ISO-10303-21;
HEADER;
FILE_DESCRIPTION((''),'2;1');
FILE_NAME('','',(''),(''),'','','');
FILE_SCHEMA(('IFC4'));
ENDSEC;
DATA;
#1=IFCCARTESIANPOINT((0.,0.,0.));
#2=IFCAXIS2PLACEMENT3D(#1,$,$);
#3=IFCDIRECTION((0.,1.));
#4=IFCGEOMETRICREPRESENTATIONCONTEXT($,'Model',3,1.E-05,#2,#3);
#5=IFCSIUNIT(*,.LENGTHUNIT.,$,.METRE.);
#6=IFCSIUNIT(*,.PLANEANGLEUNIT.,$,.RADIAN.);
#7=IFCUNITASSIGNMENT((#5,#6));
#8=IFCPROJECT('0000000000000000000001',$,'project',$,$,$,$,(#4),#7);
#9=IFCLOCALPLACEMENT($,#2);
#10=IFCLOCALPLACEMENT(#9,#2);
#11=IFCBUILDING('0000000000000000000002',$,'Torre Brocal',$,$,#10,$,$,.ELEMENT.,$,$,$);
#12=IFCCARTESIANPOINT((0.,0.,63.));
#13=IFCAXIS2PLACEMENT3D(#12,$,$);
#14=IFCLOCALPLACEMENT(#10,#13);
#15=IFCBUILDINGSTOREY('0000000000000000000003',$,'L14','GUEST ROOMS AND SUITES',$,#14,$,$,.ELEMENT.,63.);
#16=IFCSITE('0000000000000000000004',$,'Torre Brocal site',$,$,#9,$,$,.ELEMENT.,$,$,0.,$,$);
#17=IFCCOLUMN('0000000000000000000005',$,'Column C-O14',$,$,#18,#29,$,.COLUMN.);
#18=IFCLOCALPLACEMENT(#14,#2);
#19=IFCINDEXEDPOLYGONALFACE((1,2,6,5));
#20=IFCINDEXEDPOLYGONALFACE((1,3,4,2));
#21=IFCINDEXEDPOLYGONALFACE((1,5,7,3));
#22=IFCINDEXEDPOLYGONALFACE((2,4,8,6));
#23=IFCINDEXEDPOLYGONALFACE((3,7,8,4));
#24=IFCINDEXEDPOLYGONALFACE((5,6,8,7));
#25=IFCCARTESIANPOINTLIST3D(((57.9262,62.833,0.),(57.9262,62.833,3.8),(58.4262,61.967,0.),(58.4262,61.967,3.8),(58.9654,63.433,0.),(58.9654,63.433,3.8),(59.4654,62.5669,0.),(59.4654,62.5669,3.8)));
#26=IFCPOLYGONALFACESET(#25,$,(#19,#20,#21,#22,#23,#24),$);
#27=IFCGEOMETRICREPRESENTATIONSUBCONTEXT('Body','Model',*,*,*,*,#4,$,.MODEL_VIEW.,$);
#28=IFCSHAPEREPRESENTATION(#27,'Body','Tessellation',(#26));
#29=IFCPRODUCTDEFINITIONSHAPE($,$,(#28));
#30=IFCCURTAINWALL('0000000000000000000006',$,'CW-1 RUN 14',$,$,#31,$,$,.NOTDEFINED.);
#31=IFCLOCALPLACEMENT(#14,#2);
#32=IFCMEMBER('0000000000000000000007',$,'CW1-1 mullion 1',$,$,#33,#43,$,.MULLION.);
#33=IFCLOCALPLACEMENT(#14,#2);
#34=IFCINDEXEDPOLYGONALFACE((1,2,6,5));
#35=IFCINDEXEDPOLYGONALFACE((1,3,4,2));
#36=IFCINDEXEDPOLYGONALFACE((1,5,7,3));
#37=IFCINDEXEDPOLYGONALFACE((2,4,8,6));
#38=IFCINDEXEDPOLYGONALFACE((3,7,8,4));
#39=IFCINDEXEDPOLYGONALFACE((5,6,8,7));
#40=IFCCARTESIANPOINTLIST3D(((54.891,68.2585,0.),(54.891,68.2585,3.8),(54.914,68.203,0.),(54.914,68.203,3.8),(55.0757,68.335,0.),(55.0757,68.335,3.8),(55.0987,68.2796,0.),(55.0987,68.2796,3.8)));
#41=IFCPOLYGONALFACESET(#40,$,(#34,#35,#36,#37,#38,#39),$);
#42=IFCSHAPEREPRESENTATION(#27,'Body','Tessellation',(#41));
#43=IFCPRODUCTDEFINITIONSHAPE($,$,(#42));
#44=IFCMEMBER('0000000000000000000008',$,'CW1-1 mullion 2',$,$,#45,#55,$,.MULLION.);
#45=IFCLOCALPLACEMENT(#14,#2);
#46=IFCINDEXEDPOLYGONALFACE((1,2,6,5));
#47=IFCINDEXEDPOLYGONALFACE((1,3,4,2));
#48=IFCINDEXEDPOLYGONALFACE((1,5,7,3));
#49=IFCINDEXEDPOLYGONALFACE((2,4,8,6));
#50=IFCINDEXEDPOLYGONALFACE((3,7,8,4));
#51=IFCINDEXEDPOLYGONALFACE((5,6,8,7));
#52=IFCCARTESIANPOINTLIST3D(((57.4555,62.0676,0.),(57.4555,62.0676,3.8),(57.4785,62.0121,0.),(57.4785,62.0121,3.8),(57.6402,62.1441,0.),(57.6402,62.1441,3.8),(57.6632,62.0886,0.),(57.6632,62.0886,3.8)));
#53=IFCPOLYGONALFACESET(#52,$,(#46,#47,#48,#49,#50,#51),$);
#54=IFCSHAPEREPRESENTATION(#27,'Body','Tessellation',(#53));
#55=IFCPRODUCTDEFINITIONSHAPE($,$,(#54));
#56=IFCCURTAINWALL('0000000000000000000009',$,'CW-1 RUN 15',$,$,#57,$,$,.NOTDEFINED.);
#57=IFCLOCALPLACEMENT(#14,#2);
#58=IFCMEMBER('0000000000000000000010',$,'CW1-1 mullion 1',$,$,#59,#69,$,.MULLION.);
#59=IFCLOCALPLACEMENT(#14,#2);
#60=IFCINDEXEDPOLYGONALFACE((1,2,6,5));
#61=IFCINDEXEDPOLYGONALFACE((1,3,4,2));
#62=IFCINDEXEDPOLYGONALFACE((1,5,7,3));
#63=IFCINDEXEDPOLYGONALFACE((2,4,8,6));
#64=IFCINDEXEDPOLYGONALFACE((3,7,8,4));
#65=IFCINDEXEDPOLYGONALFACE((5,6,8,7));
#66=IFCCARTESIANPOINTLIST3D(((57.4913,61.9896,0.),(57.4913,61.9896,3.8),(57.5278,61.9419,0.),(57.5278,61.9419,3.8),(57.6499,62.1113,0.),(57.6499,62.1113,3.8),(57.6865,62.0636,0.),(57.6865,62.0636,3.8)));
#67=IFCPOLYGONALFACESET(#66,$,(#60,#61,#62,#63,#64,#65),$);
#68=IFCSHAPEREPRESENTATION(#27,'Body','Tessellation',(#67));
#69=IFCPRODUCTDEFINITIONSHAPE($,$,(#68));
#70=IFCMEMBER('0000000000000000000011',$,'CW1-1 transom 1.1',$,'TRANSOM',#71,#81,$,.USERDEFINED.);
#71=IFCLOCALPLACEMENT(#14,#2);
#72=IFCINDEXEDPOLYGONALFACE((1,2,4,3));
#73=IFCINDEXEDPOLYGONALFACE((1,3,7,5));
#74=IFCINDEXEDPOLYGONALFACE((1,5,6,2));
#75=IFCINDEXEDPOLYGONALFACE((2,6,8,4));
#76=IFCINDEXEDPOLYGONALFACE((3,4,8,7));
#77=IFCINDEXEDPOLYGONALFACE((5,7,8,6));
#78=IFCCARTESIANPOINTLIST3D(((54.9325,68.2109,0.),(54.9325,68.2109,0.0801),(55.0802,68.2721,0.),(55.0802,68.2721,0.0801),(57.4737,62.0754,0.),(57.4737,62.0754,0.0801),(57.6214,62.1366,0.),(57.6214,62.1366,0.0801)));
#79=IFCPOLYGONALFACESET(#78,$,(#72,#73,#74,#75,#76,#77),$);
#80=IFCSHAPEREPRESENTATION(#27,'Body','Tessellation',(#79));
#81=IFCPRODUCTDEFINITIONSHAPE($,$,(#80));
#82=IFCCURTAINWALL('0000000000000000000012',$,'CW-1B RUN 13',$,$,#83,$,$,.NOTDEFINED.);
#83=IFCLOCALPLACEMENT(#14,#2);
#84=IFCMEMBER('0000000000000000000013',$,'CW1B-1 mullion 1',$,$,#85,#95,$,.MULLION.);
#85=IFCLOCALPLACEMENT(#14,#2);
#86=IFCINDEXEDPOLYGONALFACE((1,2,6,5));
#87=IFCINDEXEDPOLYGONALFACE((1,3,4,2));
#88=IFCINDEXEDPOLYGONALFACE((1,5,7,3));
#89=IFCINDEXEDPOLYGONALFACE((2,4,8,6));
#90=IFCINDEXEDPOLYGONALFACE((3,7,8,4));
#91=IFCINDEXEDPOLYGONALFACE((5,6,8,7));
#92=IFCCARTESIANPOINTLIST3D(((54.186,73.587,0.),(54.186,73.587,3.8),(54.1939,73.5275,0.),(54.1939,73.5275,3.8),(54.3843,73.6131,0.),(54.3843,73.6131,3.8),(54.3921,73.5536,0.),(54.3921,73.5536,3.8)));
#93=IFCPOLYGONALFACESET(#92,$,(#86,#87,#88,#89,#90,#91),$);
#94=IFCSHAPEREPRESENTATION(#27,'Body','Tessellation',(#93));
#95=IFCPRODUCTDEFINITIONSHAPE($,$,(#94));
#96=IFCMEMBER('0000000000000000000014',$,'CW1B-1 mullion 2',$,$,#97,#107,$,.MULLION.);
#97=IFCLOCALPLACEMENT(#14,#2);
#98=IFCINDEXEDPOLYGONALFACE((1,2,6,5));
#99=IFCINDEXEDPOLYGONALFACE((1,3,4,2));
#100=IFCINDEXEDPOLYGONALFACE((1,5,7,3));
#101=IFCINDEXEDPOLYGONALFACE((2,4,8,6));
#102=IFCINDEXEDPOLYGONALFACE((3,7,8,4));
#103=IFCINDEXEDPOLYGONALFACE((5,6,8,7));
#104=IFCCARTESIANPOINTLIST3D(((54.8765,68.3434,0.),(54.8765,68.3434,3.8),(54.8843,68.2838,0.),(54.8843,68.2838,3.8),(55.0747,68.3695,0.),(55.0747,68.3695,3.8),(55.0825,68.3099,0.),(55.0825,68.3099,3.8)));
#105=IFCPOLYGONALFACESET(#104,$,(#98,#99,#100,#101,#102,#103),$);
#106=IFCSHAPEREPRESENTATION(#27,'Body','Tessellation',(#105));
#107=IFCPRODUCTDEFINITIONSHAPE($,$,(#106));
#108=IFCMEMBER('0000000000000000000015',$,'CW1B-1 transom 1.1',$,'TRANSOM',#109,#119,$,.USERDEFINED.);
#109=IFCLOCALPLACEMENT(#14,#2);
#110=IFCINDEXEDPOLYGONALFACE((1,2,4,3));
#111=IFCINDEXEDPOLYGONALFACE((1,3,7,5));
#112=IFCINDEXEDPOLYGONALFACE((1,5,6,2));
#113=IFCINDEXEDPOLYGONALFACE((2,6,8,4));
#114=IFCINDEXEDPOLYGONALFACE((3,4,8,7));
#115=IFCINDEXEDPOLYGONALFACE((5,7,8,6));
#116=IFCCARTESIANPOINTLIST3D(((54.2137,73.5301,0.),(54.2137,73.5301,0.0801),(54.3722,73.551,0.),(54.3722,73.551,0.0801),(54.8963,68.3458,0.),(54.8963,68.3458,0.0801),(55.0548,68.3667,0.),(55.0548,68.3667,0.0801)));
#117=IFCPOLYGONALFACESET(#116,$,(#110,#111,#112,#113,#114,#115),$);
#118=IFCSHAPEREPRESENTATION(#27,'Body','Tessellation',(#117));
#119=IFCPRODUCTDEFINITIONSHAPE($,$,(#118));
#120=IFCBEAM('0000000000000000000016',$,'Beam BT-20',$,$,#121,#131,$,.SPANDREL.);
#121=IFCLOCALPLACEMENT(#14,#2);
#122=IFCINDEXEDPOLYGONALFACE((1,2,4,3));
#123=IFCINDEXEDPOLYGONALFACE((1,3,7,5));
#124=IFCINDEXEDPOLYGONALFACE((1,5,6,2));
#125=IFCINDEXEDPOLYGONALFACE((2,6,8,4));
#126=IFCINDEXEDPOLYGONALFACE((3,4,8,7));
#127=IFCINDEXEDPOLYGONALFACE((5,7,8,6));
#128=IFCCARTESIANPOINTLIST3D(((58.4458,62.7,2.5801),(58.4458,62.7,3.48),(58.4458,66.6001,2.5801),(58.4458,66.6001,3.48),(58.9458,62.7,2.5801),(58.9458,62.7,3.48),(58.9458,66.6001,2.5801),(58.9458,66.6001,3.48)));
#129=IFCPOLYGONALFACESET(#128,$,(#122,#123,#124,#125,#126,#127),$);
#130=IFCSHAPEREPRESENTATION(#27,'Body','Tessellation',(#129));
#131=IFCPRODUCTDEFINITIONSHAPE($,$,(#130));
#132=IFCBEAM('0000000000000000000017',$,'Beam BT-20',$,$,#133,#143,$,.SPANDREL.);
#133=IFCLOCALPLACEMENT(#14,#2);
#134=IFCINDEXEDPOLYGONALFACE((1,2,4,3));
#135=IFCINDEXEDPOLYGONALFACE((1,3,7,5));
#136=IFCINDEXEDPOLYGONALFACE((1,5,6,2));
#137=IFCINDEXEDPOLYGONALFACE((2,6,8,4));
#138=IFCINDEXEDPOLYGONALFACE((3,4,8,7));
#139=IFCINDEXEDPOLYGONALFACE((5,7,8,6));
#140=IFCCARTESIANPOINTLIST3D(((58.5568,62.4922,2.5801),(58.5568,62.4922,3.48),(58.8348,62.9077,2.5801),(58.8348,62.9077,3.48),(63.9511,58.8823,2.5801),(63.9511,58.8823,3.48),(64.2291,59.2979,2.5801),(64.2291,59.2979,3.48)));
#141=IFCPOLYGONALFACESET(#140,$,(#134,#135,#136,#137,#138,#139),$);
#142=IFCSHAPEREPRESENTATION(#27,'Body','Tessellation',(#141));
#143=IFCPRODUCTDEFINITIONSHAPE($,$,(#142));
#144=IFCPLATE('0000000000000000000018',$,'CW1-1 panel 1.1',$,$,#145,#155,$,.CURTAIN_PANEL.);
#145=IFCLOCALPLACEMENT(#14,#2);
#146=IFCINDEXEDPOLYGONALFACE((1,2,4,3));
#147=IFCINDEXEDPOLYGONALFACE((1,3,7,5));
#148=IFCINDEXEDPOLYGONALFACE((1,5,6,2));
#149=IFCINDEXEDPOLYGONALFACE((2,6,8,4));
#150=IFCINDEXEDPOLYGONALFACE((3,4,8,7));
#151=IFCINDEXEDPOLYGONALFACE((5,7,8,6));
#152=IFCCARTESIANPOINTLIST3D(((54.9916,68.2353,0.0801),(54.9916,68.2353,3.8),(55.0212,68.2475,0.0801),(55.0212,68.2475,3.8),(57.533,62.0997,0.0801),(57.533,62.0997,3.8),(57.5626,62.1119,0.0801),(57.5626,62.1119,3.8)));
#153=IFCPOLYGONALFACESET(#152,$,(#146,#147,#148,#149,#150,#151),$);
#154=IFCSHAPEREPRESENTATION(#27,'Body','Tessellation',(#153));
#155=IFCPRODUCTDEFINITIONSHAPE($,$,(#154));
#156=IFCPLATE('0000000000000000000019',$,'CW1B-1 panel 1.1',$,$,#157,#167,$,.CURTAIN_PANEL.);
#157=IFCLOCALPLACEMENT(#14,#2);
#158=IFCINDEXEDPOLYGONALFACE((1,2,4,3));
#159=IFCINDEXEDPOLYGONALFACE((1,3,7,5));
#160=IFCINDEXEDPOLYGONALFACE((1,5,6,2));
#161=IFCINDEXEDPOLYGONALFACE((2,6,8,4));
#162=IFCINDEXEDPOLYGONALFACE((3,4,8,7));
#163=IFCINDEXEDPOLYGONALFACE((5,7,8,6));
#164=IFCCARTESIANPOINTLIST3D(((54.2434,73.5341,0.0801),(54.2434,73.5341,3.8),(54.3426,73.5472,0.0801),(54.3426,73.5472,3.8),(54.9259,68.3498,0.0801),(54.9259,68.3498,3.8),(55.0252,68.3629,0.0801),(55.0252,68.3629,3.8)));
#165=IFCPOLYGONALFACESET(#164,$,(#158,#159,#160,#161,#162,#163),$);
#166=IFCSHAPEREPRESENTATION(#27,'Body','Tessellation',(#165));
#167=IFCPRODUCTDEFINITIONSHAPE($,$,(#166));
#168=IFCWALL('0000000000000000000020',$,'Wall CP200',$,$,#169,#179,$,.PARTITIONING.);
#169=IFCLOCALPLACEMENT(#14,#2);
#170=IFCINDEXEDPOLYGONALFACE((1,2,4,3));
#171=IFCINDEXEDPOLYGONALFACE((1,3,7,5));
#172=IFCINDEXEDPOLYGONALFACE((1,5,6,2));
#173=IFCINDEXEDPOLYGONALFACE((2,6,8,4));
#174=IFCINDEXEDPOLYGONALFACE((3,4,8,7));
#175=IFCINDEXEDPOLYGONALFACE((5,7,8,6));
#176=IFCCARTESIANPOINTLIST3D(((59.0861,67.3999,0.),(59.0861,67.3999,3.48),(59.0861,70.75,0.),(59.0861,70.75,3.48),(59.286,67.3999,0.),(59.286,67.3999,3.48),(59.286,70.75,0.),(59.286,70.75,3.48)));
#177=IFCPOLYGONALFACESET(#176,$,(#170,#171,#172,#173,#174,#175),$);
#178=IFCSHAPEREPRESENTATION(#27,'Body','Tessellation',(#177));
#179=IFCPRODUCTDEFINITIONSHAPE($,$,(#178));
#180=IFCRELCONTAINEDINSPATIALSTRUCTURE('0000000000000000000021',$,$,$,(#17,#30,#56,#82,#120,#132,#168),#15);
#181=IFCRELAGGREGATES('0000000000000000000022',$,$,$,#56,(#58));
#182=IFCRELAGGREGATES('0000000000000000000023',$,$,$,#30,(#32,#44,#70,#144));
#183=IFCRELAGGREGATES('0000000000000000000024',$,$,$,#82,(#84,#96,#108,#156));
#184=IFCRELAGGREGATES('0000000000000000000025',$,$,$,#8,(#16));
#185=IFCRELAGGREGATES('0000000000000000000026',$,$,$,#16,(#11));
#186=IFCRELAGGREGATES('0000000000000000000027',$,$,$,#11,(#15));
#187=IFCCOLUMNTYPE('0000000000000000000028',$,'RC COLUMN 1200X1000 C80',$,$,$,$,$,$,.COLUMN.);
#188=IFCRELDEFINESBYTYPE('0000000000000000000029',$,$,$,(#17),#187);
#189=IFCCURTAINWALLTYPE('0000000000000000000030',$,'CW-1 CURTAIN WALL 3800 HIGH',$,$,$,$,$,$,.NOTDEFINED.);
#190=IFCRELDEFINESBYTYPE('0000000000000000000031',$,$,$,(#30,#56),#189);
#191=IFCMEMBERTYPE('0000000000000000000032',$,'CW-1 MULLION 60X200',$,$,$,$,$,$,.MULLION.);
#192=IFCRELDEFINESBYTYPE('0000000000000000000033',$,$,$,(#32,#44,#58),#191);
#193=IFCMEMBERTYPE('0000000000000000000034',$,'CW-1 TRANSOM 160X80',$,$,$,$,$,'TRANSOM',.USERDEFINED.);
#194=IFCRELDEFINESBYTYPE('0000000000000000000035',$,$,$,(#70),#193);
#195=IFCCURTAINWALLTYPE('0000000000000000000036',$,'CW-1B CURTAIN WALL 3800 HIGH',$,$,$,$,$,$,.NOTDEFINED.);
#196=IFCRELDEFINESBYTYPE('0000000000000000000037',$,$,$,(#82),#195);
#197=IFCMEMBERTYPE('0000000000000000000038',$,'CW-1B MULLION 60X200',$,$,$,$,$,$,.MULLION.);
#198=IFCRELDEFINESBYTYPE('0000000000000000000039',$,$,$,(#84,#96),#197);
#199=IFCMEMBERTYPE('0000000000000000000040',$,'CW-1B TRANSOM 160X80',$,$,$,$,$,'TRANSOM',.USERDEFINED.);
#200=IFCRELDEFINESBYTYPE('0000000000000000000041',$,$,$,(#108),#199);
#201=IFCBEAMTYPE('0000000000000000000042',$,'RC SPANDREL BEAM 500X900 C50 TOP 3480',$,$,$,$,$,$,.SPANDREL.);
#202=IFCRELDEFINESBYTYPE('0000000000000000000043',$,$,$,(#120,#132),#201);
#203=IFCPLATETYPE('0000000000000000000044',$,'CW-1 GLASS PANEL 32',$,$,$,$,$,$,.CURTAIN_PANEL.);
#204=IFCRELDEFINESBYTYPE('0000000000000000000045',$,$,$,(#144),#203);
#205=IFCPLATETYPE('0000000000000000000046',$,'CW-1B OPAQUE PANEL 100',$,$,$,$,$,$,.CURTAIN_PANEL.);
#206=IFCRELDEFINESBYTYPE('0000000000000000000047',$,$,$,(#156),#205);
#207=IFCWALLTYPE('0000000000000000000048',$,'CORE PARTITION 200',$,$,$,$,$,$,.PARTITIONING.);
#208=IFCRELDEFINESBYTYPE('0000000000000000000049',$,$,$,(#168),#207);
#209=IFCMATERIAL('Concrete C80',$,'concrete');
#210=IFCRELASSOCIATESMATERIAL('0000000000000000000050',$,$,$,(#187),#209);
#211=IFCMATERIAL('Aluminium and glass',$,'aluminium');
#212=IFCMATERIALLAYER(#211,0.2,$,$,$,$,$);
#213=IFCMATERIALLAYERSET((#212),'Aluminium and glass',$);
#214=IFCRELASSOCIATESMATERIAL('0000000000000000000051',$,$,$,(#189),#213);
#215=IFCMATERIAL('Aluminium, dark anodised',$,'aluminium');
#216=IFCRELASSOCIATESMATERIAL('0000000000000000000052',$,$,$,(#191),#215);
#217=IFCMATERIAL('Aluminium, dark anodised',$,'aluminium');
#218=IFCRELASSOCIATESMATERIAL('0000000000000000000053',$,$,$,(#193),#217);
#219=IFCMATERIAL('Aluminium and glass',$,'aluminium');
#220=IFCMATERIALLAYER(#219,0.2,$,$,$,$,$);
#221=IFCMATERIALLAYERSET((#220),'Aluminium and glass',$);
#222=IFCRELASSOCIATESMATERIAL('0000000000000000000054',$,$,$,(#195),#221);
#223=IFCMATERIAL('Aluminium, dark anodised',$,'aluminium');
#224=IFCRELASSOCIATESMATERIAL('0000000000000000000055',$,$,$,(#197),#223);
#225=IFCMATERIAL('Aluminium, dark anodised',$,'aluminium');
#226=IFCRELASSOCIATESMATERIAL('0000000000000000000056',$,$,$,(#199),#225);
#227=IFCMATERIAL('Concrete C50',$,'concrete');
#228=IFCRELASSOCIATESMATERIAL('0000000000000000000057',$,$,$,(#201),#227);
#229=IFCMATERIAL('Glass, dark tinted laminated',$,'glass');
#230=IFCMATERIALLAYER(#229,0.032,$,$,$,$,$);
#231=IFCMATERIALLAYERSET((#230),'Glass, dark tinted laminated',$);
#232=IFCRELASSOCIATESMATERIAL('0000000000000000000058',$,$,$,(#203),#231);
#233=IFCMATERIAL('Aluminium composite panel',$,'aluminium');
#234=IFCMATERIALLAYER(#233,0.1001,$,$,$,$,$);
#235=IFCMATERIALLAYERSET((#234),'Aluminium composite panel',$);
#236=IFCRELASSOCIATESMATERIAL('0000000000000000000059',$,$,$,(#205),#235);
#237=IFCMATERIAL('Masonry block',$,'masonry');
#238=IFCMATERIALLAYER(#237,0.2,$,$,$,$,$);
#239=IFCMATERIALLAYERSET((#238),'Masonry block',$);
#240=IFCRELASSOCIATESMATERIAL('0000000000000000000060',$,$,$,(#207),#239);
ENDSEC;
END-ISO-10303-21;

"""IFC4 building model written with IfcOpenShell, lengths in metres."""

from ifc_helpers import new_model, si_unit, direction, frame, frame_2d, origin, origin_2d, place, context, subcontext, project, spatial, rectangle, extrude, material, layer, layer_set, material_profile, profile_set, type_object, element, aggregate, save


model = new_model("IFC4")

# Units and contexts
model_context = context("Model", 3, precision=1e-05, world=origin(), true_north=direction((0.0, 1.0)))
body_context = subcontext(model_context, "Body", "Model", "MODEL_VIEW")
ifc_project = project(units=[si_unit("LENGTHUNIT", "METRE"), si_unit("PLANEANGLEUNIT", "RADIAN")], contexts=[model_context])

# Site, building, storey
site_placement = place(None, origin())
site = spatial("IfcSite", under=ifc_project, at=site_placement, Name="Torre Brocal site", CompositionType="ELEMENT", RefElevation=0.0)
building_placement = place(site_placement, origin())
building = spatial("IfcBuilding", under=site, at=building_placement, Name="Torre Brocal", CompositionType="ELEMENT")
storey_placement = place(building_placement, frame((0.0, 0.0, 63.0)))
storey = spatial("IfcBuildingStorey", under=building, at=storey_placement, Name="L14", Description="GUEST ROOMS AND SUITES", CompositionType="ELEMENT", Elevation=63.0)

# Column
ifc_material_1 = material(Name="Concrete C80", Category="concrete")
ifc_material_profile_1 = material_profile(ifc_material_1, rectangle(XDim=1.2, YDim=1.0, at=origin_2d()), Name="RC 1200X1000")
ifc_profile_set_1 = profile_set([ifc_material_profile_1], Name="Concrete C80")
column_type = type_object("IfcColumnType", Name="RC COLUMN 1200X1000 C80", PredefinedType="COLUMN", material=ifc_profile_set_1)
column_placement = place(storey_placement, frame((58.6958, 62.7, 0.0), z_axis=(0.0, 0.0, 1.0), x_axis=(-0.866025, -0.5, 0.0)))
element("IfcColumn", 1, at=column_placement, inside=storey, type_object=column_type, Name="Column C-O14", PredefinedType="COLUMN", context=body_context, shape_type="SweptSolid", body=[
    extrude(rectangle(XDim=1.2, YDim=1.0, at=origin_2d()), origin(), (0.0, 0.0, 1.0), 3.8),
])

# Curtain wall, members
ifc_material_2 = material(Name="Aluminium and glass", Category="aluminium")
ifc_layer_1 = layer(ifc_material_2, 0.2)
ifc_layer_set_1 = layer_set([ifc_layer_1], Name="Aluminium and glass")
curtain_wall_type_1 = type_object("IfcCurtainWallType", Name="CW-1 CURTAIN WALL 3800 HIGH", PredefinedType="NOTDEFINED", material=ifc_layer_set_1)
curtain_wall_1_placement = place(storey_placement, origin())
curtain_wall_1 = element("IfcCurtainWall", 2, at=curtain_wall_1_placement, inside=storey, type_object=curtain_wall_type_1, Name="CW-1 RUN 14", PredefinedType="NOTDEFINED")
ifc_material_3 = material(Name="Aluminium, dark anodised", Category="aluminium")
ifc_material_profile_2 = material_profile(ifc_material_3, rectangle(XDim=0.2, YDim=0.0601, at=origin_2d()), Name="CW-1 MULLION 60X200")
ifc_profile_set_2 = profile_set([ifc_material_profile_2], Name="Aluminium, dark anodised")
member_type_1 = type_object("IfcMemberType", Name="CW-1 MULLION 60X200", PredefinedType="MULLION", material=ifc_profile_set_2)
member_1_placement = place(storey_placement, frame((54.9949, 68.269, 0.0), z_axis=(0.0, 0.0, 1.0), x_axis=(0.92388, 0.382683, 0.0)))
member_1 = element("IfcMember", 3, at=member_1_placement, type_object=member_type_1, Name="CW1-1 mullion 1", PredefinedType="MULLION", context=body_context, shape_type="SweptSolid", body=[
    extrude(rectangle(XDim=0.2, YDim=0.0601, at=origin_2d()), origin(), (0.0, 0.0, 1.0), 3.8),
])
member_2_placement = place(storey_placement, frame((57.5593, 62.0781, 0.0), z_axis=(0.0, 0.0, 1.0), x_axis=(0.92388, 0.382683, 0.0)))
member_2 = element("IfcMember", 4, at=member_2_placement, type_object=member_type_1, Name="CW1-1 mullion 2", PredefinedType="MULLION", context=body_context, shape_type="SweptSolid", body=[
    extrude(rectangle(XDim=0.2, YDim=0.0601, at=origin_2d()), origin(), (0.0, 0.0, 1.0), 3.8),
])

# Curtain wall, member
curtain_wall_2_placement = place(storey_placement, origin())
curtain_wall_2 = element("IfcCurtainWall", 5, at=curtain_wall_2_placement, inside=storey, type_object=curtain_wall_type_1, Name="CW-1 RUN 15", PredefinedType="NOTDEFINED")
member_3_placement = place(storey_placement, frame((57.5889, 62.0266, 0.0), z_axis=(0.0, 0.0, 1.0), x_axis=(0.793353, 0.608761, 0.0)))
member_3 = element("IfcMember", 6, at=member_3_placement, type_object=member_type_1, Name="CW1-1 mullion 1", PredefinedType="MULLION", context=body_context, shape_type="SweptSolid", body=[
    extrude(rectangle(XDim=0.2, YDim=0.0601, at=origin_2d()), origin(), (0.0, 0.0, 1.0), 3.8),
])
aggregate(curtain_wall_2, [member_3])

# Member
ifc_material_4 = material(Name="Aluminium, dark anodised", Category="aluminium")
ifc_material_profile_3 = material_profile(ifc_material_4, rectangle(XDim=0.1599, YDim=0.0801, at=origin_2d()), Name="CW-1 TRANSOM 160X80")
ifc_profile_set_3 = profile_set([ifc_material_profile_3], Name="Aluminium, dark anodised")
member_type_2 = type_object("IfcMemberType", Name="CW-1 TRANSOM 160X80", ElementType="TRANSOM", PredefinedType="USERDEFINED", material=ifc_profile_set_3)
member_4_placement = place(storey_placement, frame((55.0063, 68.2415, 0.04), z_axis=(0.382665, -0.923887, 0.0), x_axis=(0.923887, 0.382665, 0.0)))
member_4 = element("IfcMember", 7, at=member_4_placement, type_object=member_type_2, Name="CW1-1 transom 1.1", ObjectType="TRANSOM", PredefinedType="USERDEFINED", context=body_context, shape_type="SweptSolid", body=[
    extrude(rectangle(XDim=0.1599, YDim=0.0801, at=origin_2d()), origin(), (0.0, 0.0, 1.0), 6.6409),
])

# Curtain wall, members
ifc_material_5 = material(Name="Aluminium and glass", Category="aluminium")
ifc_layer_2 = layer(ifc_material_5, 0.2)
ifc_layer_set_2 = layer_set([ifc_layer_2], Name="Aluminium and glass")
curtain_wall_type_2 = type_object("IfcCurtainWallType", Name="CW-1B CURTAIN WALL 3800 HIGH", PredefinedType="NOTDEFINED", material=ifc_layer_set_2)
curtain_wall_3_placement = place(storey_placement, origin())
curtain_wall_3 = element("IfcCurtainWall", 8, at=curtain_wall_3_placement, inside=storey, type_object=curtain_wall_type_2, Name="CW-1B RUN 13", PredefinedType="NOTDEFINED")
ifc_material_6 = material(Name="Aluminium, dark anodised", Category="aluminium")
ifc_material_profile_4 = material_profile(ifc_material_6, rectangle(XDim=0.2, YDim=0.0601, at=origin_2d()), Name="CW-1B MULLION 60X200")
ifc_profile_set_4 = profile_set([ifc_material_profile_4], Name="Aluminium, dark anodised")
member_type_3 = type_object("IfcMemberType", Name="CW-1B MULLION 60X200", PredefinedType="MULLION", material=ifc_profile_set_4)
member_5_placement = place(storey_placement, frame((54.2891, 73.5703, 0.0), z_axis=(0.0, 0.0, 1.0), x_axis=(0.991445, 0.130526, 0.0)))
member_5 = element("IfcMember", 9, at=member_5_placement, type_object=member_type_3, Name="CW1B-1 mullion 1", PredefinedType="MULLION", context=body_context, shape_type="SweptSolid", body=[
    extrude(rectangle(XDim=0.2, YDim=0.0601, at=origin_2d()), origin(), (0.0, 0.0, 1.0), 3.8),
])
member_6_placement = place(storey_placement, frame((54.9795, 68.3267, 0.0), z_axis=(0.0, 0.0, 1.0), x_axis=(0.991445, 0.130526, 0.0)))
member_6 = element("IfcMember", 10, at=member_6_placement, type_object=member_type_3, Name="CW1B-1 mullion 2", PredefinedType="MULLION", context=body_context, shape_type="SweptSolid", body=[
    extrude(rectangle(XDim=0.2, YDim=0.0601, at=origin_2d()), origin(), (0.0, 0.0, 1.0), 3.8),
])
ifc_material_7 = material(Name="Aluminium, dark anodised", Category="aluminium")
ifc_material_profile_5 = material_profile(ifc_material_7, rectangle(XDim=0.1599, YDim=0.0801, at=origin_2d()), Name="CW-1B TRANSOM 160X80")
ifc_profile_set_5 = profile_set([ifc_material_profile_5], Name="Aluminium, dark anodised")
member_type_4 = type_object("IfcMemberType", Name="CW-1B TRANSOM 160X80", ElementType="TRANSOM", PredefinedType="USERDEFINED", material=ifc_profile_set_5)
member_7_placement = place(storey_placement, frame((54.293, 73.5405, 0.04), z_axis=(0.130543, -0.991443, 0.0), x_axis=(0.991443, 0.130543, 0.0)))
member_7 = element("IfcMember", 11, at=member_7_placement, type_object=member_type_4, Name="CW1B-1 transom 1.1", ObjectType="TRANSOM", PredefinedType="USERDEFINED", context=body_context, shape_type="SweptSolid", body=[
    extrude(rectangle(XDim=0.1599, YDim=0.0801, at=origin_2d()), origin(), (0.0, 0.0, 1.0), 5.229),
])

# Beams
ifc_material_8 = material(Name="Concrete C50", Category="concrete")
ifc_material_profile_6 = material_profile(ifc_material_8, rectangle(XDim=0.5, YDim=0.8999, at=origin_2d()), Name="RC 500X900")
ifc_profile_set_6 = profile_set([ifc_material_profile_6], Name="Concrete C50")
beam_type = type_object("IfcBeamType", Name="RC SPANDREL BEAM 500X900 C50 TOP 3480", PredefinedType="SPANDREL", material=ifc_profile_set_6)
beam_1_placement = place(storey_placement, frame((58.6958, 62.7, 3.03), z_axis=(0.0, 1.0, 0.0), x_axis=(-1.0, 0.0, 0.0)))
element("IfcBeam", 12, at=beam_1_placement, inside=storey, type_object=beam_type, Name="Beam BT-20", PredefinedType="SPANDREL", context=body_context, shape_type="SweptSolid", body=[
    extrude(rectangle(XDim=0.5, YDim=0.8999, at=origin_2d()), origin(), (0.0, 0.0, 1.0), 3.9001),
])
beam_2_placement = place(storey_placement, frame((58.6958, 62.7, 3.03), z_axis=(0.831077, -0.556158, 0.0), x_axis=(0.556158, 0.831077, 0.0)))
element("IfcBeam", 13, at=beam_2_placement, inside=storey, type_object=beam_type, Name="Beam BT-20", PredefinedType="SPANDREL", context=body_context, shape_type="SweptSolid", body=[
    extrude(rectangle(XDim=0.5, YDim=0.8999, at=origin_2d()), origin(), (0.0, 0.0, 1.0), 6.4907),
])

# Plates
ifc_material_9 = material(Name="Glass, dark tinted laminated", Category="glass")
ifc_layer_3 = layer(ifc_material_9, 0.032)
ifc_layer_set_3 = layer_set([ifc_layer_3], Name="Glass, dark tinted laminated")
plate_type_1 = type_object("IfcPlateType", Name="CW-1 GLASS PANEL 32", PredefinedType="CURTAIN_PANEL", material=ifc_layer_set_3)
plate_1_placement = place(storey_placement, frame((56.2771, 65.1736, 0.0801), z_axis=(0.0, 0.0, 1.0), x_axis=(0.382683, -0.92388, 0.0)))
plate_1 = element("IfcPlate", 14, at=plate_1_placement, type_object=plate_type_1, Name="CW1-1 panel 1.1", PredefinedType="CURTAIN_PANEL", context=body_context, shape_type="SweptSolid", body=[
    extrude(rectangle(XDim=6.6411, YDim=0.032, at=origin_2d()), origin(), (0.0, 0.0, 1.0), 3.72),
])
aggregate(curtain_wall_1, [member_1, member_2, member_4, plate_1])
ifc_material_10 = material(Name="Aluminium composite panel", Category="aluminium")
ifc_layer_4 = layer(ifc_material_10, 0.1001)
ifc_layer_set_4 = layer_set([ifc_layer_4], Name="Aluminium composite panel")
plate_type_2 = type_object("IfcPlateType", Name="CW-1B OPAQUE PANEL 100", PredefinedType="CURTAIN_PANEL", material=ifc_layer_set_4)
plate_2_placement = place(storey_placement, frame((54.6343, 70.9485, 0.0801), z_axis=(0.0, 0.0, 1.0), x_axis=(0.130526, -0.991445, 0.0)))
plate_2 = element("IfcPlate", 15, at=plate_2_placement, type_object=plate_type_2, Name="CW1B-1 panel 1.1", PredefinedType="CURTAIN_PANEL", context=body_context, shape_type="SweptSolid", body=[
    extrude(rectangle(XDim=5.229, YDim=0.1001, at=origin_2d()), origin(), (0.0, 0.0, 1.0), 3.72),
])
aggregate(curtain_wall_3, [member_5, member_6, member_7, plate_2])

# Wall
ifc_material_11 = material(Name="Masonry block", Category="masonry")
ifc_layer_5 = layer(ifc_material_11, 0.2)
ifc_layer_set_5 = layer_set([ifc_layer_5], Name="Masonry block")
wall_type_1 = type_object("IfcWallType", Name="CORE PARTITION 200", PredefinedType="PARTITIONING", material=ifc_layer_set_5)
wall_1_placement = place(storey_placement, frame((59.186, 70.75, 0.0), z_axis=(0.0, 0.0, 1.0), x_axis=(0.0, -1.0, 0.0)))
element("IfcWall", 16, at=wall_1_placement, inside=storey, type_object=wall_type_1, Name="Wall CP200", PredefinedType="PARTITIONING", context=body_context, shape_type="SweptSolid", body=[
    extrude(rectangle(XDim=3.3501, YDim=0.2, at=frame_2d((1.675, 0.0))), origin(), (0.0, 0.0, 1.0), 3.48),
])

save(model, "model.ifc")
